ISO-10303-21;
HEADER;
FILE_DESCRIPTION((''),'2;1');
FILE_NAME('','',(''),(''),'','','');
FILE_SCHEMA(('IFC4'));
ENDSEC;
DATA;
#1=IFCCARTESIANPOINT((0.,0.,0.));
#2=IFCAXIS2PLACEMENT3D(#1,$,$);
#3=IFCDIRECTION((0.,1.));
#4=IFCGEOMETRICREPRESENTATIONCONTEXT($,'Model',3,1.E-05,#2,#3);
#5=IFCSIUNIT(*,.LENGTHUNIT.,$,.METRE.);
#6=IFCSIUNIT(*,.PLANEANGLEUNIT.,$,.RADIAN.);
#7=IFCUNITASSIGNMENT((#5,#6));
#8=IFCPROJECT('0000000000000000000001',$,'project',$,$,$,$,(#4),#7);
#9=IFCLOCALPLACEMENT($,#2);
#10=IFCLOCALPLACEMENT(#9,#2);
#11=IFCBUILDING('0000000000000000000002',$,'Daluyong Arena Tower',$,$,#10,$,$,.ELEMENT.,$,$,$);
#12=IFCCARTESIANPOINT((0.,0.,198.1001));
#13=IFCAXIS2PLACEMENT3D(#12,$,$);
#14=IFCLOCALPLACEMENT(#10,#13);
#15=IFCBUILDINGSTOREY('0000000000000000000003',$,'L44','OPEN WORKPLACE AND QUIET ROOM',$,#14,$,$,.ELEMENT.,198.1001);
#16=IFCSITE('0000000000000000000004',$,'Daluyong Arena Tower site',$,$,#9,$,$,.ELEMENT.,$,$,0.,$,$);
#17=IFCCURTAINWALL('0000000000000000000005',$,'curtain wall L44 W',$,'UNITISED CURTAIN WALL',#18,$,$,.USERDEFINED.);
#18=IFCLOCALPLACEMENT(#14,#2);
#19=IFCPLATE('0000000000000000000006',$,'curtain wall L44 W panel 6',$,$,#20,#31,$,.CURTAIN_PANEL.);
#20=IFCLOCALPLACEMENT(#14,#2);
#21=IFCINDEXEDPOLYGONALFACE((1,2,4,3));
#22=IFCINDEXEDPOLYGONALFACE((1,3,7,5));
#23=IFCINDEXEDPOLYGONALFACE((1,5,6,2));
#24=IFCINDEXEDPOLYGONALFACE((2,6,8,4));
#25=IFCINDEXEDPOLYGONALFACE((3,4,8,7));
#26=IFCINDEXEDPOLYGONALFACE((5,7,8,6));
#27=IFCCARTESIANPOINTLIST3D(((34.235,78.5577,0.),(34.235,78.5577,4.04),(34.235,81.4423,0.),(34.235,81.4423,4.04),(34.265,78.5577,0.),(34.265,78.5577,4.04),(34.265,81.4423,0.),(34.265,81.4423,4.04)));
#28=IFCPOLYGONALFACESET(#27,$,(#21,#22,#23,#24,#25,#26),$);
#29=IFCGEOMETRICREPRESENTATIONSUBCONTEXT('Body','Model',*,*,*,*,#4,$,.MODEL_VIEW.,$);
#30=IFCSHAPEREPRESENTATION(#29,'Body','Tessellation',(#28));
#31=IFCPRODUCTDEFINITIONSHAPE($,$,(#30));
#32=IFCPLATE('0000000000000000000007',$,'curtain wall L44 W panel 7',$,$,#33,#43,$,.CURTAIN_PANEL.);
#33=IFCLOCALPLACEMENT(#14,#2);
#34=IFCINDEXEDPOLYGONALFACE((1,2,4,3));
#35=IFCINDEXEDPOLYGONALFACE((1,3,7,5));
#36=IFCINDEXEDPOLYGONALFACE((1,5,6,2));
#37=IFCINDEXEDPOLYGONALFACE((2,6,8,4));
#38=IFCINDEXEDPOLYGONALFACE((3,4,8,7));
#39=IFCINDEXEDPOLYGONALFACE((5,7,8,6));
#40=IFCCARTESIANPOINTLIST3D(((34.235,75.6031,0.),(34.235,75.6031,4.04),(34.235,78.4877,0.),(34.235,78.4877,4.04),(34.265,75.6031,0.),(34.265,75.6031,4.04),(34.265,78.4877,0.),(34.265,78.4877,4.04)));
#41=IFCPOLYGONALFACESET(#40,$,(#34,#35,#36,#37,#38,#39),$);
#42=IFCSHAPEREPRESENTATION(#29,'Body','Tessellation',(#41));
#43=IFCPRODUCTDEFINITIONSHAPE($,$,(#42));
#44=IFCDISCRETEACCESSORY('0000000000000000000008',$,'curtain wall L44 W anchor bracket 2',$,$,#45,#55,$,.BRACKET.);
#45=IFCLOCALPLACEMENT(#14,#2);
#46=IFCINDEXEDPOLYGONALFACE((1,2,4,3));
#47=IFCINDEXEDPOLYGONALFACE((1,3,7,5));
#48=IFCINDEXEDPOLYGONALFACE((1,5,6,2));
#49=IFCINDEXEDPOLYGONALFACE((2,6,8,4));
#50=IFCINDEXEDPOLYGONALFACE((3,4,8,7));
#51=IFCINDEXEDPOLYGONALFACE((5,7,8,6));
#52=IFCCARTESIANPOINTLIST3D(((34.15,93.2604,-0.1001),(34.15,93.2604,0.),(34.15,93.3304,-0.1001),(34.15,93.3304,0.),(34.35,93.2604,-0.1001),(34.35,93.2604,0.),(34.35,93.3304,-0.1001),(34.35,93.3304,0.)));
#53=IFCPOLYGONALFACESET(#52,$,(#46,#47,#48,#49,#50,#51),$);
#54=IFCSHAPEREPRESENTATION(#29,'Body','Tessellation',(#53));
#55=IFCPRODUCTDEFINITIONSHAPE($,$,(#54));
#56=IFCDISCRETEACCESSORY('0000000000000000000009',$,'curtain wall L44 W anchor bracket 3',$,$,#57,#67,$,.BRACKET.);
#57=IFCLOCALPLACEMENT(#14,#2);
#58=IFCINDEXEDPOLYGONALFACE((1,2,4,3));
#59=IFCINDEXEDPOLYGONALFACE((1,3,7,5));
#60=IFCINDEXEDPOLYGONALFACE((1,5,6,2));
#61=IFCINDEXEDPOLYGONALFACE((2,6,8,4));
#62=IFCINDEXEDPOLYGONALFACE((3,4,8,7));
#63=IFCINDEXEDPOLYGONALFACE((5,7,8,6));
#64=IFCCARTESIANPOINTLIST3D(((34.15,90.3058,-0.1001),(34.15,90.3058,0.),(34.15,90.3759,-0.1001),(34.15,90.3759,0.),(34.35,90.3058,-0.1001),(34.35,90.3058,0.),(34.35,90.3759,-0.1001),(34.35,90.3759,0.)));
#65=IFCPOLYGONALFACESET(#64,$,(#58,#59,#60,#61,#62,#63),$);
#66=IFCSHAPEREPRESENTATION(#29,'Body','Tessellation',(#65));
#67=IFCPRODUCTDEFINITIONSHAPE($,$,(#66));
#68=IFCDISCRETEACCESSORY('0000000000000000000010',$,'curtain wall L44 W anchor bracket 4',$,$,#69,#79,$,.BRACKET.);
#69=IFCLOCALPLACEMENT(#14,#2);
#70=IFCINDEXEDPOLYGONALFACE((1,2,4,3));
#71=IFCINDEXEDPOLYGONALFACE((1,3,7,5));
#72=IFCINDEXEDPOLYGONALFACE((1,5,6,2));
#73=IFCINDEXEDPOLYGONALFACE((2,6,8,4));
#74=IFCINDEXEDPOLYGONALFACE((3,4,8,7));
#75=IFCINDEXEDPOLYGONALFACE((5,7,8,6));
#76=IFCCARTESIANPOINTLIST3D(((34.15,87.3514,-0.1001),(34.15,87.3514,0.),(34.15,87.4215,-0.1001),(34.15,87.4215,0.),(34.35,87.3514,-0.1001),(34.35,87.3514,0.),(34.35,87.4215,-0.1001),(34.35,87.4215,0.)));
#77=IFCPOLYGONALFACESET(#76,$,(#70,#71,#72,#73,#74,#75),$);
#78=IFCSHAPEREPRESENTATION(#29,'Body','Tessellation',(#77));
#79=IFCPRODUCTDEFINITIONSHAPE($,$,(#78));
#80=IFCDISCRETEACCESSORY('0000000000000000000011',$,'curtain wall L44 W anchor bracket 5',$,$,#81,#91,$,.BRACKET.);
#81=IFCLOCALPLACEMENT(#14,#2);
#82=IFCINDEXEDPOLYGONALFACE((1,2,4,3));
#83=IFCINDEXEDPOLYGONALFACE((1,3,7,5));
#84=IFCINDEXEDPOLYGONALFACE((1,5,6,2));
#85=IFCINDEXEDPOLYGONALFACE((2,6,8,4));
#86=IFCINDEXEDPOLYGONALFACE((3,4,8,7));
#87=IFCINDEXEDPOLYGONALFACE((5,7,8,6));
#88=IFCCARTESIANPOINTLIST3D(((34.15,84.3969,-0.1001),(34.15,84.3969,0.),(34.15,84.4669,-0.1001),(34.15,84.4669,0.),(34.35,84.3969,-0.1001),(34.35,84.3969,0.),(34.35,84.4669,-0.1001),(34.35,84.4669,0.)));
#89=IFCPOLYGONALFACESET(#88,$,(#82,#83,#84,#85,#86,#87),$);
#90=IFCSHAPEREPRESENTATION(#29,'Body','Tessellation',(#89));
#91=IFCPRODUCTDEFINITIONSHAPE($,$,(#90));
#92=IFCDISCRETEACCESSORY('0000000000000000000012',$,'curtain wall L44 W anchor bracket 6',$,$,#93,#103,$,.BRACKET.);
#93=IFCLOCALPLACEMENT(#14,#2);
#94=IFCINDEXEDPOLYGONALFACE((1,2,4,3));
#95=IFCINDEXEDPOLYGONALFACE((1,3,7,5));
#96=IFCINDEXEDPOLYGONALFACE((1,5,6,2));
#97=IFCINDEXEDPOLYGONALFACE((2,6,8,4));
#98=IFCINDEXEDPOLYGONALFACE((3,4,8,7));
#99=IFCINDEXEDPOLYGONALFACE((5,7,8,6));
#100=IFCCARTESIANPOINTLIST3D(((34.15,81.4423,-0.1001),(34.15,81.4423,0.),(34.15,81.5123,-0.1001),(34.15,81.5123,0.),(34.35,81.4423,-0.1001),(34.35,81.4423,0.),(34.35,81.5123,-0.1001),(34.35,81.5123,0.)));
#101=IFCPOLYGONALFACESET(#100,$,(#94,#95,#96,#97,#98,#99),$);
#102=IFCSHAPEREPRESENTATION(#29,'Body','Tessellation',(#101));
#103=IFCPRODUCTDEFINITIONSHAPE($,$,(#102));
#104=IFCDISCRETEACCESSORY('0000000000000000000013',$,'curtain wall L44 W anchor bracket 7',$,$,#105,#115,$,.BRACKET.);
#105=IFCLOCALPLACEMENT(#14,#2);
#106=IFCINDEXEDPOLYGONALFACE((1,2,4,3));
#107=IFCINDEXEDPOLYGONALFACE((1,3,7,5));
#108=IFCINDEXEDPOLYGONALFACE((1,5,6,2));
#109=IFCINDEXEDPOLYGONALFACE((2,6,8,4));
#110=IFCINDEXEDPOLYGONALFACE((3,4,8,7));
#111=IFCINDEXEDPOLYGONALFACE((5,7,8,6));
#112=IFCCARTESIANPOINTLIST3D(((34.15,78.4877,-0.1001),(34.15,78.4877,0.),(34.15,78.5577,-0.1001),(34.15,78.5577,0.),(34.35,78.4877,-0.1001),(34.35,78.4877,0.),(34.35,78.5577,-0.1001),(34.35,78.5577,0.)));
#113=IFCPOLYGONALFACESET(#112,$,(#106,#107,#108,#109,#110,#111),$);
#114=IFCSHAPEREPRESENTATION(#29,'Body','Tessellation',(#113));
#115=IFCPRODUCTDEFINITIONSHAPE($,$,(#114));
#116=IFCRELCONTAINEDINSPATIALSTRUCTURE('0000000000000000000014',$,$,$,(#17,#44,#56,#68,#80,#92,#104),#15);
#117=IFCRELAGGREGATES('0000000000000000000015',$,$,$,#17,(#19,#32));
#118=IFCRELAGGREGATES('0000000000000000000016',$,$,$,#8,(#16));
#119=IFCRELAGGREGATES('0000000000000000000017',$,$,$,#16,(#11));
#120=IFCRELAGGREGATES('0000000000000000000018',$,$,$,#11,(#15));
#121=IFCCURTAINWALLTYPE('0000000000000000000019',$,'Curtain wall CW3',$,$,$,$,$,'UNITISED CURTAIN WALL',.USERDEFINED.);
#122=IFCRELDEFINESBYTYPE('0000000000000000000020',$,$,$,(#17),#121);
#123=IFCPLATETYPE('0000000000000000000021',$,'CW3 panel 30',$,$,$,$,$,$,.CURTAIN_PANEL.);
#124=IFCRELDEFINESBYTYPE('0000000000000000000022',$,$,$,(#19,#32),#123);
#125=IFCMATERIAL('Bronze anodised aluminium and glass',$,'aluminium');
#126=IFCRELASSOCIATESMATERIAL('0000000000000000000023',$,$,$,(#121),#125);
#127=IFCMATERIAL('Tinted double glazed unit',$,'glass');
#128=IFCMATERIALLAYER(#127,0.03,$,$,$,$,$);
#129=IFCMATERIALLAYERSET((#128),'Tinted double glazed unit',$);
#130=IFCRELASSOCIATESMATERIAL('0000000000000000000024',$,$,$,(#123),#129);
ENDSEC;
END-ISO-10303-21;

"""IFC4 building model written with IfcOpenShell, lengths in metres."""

from ifc_helpers import new_model, si_unit, direction, frame, origin, origin_2d, place, context, subcontext, project, spatial, rectangle, extrude, material, layer, layer_set, type_object, element, aggregate, save


model = new_model("IFC4")

# Units and contexts
model_context = context("Model", 3, precision=1e-05, world=origin(), true_north=direction((0.0, 1.0)))
body_context = subcontext(model_context, "Body", "Model", "MODEL_VIEW")
ifc_project = project(units=[si_unit("LENGTHUNIT", "METRE"), si_unit("PLANEANGLEUNIT", "RADIAN")], contexts=[model_context])

# Site, building, storey
site_placement = place(None, origin())
site = spatial("IfcSite", under=ifc_project, at=site_placement, Name="Daluyong Arena Tower site", CompositionType="ELEMENT", RefElevation=0.0)
building_placement = place(site_placement, origin())
building = spatial("IfcBuilding", under=site, at=building_placement, Name="Daluyong Arena Tower", CompositionType="ELEMENT")
storey_placement = place(building_placement, frame((0.0, 0.0, 198.1001)))
storey = spatial("IfcBuildingStorey", under=building, at=storey_placement, Name="L44", Description="OPEN WORKPLACE AND QUIET ROOM", CompositionType="ELEMENT", Elevation=198.1001)

# Curtain wall
ifc_material_1 = material(Name="Bronze anodised aluminium and glass", Category="aluminium")
curtain_wall_type = type_object("IfcCurtainWallType", Name="Curtain wall CW3", ElementType="UNITISED CURTAIN WALL", PredefinedType="USERDEFINED", material=ifc_material_1)
curtain_wall_placement = place(storey_placement, origin())
curtain_wall = element("IfcCurtainWall", 1, at=curtain_wall_placement, inside=storey, type_object=curtain_wall_type, Name="curtain wall L44 W", ObjectType="UNITISED CURTAIN WALL", PredefinedType="USERDEFINED")

# Plates
ifc_material_2 = material(Name="Tinted double glazed unit", Category="glass")
ifc_layer = layer(ifc_material_2, 0.03)
ifc_layer_set = layer_set([ifc_layer], Name="Tinted double glazed unit")
plate_type = type_object("IfcPlateType", Name="CW3 panel 30", PredefinedType="CURTAIN_PANEL", material=ifc_layer_set)
plate_1_placement = place(storey_placement, frame((34.25, 80.0, 0.0), z_axis=(0.0, 0.0, 1.0), x_axis=(0.0, -1.0, 0.0)))
plate_1 = element("IfcPlate", 2, at=plate_1_placement, type_object=plate_type, Name="curtain wall L44 W panel 6", PredefinedType="CURTAIN_PANEL", context=body_context, shape_type="SweptSolid", body=[
    extrude(rectangle(XDim=2.8845, YDim=0.03, at=origin_2d()), origin(), (0.0, 0.0, 1.0), 4.04),
])
plate_2_placement = place(storey_placement, frame((34.25, 77.0454, 0.0), z_axis=(0.0, 0.0, 1.0), x_axis=(0.0, -1.0, 0.0)))
plate_2 = element("IfcPlate", 3, at=plate_2_placement, type_object=plate_type, Name="curtain wall L44 W panel 7", PredefinedType="CURTAIN_PANEL", context=body_context, shape_type="SweptSolid", body=[
    extrude(rectangle(XDim=2.8845, YDim=0.03, at=origin_2d()), origin(), (0.0, 0.0, 1.0), 4.04),
])
aggregate(curtain_wall, [plate_1, plate_2])

# Discrete accessories
for number, where, z_axis, x_axis, name in (
    (4, (34.25, 93.2954, -0.1001), (0.0, 0.0, 1.0), (0.0, -1.0, 0.0), "curtain wall L44 W anchor bracket 2"),
    (5, (34.25, 90.3408, -0.1001), (0.0, 0.0, 1.0), (0.0, -1.0, 0.0), "curtain wall L44 W anchor bracket 3"),
    (6, (34.25, 87.3865, -0.1001), (0.0, 0.0, 1.0), (0.0, -1.0, 0.0), "curtain wall L44 W anchor bracket 4"),
    (7, (34.25, 84.4319, -0.1001), (0.0, 0.0, 1.0), (0.0, -1.0, 0.0), "curtain wall L44 W anchor bracket 5"),
    (8, (34.25, 81.4773, -0.1001), (0.0, 0.0, 1.0), (0.0, -1.0, 0.0), "curtain wall L44 W anchor bracket 6"),
    (9, (34.25, 78.5227, -0.1001), (0.0, 0.0, 1.0), (0.0, -1.0, 0.0), "curtain wall L44 W anchor bracket 7"),
):
    element("IfcDiscreteAccessory", number, at=place(storey_placement, frame(where, z_axis=z_axis, x_axis=x_axis)), inside=storey, Name=name, PredefinedType="BRACKET", context=body_context, shape_type="SweptSolid", body=[
        extrude(rectangle(XDim=0.0701, YDim=0.2, at=origin_2d()), origin(), (0.0, 0.0, 1.0), 0.1001),
    ])

save(model, "model.ifc")
